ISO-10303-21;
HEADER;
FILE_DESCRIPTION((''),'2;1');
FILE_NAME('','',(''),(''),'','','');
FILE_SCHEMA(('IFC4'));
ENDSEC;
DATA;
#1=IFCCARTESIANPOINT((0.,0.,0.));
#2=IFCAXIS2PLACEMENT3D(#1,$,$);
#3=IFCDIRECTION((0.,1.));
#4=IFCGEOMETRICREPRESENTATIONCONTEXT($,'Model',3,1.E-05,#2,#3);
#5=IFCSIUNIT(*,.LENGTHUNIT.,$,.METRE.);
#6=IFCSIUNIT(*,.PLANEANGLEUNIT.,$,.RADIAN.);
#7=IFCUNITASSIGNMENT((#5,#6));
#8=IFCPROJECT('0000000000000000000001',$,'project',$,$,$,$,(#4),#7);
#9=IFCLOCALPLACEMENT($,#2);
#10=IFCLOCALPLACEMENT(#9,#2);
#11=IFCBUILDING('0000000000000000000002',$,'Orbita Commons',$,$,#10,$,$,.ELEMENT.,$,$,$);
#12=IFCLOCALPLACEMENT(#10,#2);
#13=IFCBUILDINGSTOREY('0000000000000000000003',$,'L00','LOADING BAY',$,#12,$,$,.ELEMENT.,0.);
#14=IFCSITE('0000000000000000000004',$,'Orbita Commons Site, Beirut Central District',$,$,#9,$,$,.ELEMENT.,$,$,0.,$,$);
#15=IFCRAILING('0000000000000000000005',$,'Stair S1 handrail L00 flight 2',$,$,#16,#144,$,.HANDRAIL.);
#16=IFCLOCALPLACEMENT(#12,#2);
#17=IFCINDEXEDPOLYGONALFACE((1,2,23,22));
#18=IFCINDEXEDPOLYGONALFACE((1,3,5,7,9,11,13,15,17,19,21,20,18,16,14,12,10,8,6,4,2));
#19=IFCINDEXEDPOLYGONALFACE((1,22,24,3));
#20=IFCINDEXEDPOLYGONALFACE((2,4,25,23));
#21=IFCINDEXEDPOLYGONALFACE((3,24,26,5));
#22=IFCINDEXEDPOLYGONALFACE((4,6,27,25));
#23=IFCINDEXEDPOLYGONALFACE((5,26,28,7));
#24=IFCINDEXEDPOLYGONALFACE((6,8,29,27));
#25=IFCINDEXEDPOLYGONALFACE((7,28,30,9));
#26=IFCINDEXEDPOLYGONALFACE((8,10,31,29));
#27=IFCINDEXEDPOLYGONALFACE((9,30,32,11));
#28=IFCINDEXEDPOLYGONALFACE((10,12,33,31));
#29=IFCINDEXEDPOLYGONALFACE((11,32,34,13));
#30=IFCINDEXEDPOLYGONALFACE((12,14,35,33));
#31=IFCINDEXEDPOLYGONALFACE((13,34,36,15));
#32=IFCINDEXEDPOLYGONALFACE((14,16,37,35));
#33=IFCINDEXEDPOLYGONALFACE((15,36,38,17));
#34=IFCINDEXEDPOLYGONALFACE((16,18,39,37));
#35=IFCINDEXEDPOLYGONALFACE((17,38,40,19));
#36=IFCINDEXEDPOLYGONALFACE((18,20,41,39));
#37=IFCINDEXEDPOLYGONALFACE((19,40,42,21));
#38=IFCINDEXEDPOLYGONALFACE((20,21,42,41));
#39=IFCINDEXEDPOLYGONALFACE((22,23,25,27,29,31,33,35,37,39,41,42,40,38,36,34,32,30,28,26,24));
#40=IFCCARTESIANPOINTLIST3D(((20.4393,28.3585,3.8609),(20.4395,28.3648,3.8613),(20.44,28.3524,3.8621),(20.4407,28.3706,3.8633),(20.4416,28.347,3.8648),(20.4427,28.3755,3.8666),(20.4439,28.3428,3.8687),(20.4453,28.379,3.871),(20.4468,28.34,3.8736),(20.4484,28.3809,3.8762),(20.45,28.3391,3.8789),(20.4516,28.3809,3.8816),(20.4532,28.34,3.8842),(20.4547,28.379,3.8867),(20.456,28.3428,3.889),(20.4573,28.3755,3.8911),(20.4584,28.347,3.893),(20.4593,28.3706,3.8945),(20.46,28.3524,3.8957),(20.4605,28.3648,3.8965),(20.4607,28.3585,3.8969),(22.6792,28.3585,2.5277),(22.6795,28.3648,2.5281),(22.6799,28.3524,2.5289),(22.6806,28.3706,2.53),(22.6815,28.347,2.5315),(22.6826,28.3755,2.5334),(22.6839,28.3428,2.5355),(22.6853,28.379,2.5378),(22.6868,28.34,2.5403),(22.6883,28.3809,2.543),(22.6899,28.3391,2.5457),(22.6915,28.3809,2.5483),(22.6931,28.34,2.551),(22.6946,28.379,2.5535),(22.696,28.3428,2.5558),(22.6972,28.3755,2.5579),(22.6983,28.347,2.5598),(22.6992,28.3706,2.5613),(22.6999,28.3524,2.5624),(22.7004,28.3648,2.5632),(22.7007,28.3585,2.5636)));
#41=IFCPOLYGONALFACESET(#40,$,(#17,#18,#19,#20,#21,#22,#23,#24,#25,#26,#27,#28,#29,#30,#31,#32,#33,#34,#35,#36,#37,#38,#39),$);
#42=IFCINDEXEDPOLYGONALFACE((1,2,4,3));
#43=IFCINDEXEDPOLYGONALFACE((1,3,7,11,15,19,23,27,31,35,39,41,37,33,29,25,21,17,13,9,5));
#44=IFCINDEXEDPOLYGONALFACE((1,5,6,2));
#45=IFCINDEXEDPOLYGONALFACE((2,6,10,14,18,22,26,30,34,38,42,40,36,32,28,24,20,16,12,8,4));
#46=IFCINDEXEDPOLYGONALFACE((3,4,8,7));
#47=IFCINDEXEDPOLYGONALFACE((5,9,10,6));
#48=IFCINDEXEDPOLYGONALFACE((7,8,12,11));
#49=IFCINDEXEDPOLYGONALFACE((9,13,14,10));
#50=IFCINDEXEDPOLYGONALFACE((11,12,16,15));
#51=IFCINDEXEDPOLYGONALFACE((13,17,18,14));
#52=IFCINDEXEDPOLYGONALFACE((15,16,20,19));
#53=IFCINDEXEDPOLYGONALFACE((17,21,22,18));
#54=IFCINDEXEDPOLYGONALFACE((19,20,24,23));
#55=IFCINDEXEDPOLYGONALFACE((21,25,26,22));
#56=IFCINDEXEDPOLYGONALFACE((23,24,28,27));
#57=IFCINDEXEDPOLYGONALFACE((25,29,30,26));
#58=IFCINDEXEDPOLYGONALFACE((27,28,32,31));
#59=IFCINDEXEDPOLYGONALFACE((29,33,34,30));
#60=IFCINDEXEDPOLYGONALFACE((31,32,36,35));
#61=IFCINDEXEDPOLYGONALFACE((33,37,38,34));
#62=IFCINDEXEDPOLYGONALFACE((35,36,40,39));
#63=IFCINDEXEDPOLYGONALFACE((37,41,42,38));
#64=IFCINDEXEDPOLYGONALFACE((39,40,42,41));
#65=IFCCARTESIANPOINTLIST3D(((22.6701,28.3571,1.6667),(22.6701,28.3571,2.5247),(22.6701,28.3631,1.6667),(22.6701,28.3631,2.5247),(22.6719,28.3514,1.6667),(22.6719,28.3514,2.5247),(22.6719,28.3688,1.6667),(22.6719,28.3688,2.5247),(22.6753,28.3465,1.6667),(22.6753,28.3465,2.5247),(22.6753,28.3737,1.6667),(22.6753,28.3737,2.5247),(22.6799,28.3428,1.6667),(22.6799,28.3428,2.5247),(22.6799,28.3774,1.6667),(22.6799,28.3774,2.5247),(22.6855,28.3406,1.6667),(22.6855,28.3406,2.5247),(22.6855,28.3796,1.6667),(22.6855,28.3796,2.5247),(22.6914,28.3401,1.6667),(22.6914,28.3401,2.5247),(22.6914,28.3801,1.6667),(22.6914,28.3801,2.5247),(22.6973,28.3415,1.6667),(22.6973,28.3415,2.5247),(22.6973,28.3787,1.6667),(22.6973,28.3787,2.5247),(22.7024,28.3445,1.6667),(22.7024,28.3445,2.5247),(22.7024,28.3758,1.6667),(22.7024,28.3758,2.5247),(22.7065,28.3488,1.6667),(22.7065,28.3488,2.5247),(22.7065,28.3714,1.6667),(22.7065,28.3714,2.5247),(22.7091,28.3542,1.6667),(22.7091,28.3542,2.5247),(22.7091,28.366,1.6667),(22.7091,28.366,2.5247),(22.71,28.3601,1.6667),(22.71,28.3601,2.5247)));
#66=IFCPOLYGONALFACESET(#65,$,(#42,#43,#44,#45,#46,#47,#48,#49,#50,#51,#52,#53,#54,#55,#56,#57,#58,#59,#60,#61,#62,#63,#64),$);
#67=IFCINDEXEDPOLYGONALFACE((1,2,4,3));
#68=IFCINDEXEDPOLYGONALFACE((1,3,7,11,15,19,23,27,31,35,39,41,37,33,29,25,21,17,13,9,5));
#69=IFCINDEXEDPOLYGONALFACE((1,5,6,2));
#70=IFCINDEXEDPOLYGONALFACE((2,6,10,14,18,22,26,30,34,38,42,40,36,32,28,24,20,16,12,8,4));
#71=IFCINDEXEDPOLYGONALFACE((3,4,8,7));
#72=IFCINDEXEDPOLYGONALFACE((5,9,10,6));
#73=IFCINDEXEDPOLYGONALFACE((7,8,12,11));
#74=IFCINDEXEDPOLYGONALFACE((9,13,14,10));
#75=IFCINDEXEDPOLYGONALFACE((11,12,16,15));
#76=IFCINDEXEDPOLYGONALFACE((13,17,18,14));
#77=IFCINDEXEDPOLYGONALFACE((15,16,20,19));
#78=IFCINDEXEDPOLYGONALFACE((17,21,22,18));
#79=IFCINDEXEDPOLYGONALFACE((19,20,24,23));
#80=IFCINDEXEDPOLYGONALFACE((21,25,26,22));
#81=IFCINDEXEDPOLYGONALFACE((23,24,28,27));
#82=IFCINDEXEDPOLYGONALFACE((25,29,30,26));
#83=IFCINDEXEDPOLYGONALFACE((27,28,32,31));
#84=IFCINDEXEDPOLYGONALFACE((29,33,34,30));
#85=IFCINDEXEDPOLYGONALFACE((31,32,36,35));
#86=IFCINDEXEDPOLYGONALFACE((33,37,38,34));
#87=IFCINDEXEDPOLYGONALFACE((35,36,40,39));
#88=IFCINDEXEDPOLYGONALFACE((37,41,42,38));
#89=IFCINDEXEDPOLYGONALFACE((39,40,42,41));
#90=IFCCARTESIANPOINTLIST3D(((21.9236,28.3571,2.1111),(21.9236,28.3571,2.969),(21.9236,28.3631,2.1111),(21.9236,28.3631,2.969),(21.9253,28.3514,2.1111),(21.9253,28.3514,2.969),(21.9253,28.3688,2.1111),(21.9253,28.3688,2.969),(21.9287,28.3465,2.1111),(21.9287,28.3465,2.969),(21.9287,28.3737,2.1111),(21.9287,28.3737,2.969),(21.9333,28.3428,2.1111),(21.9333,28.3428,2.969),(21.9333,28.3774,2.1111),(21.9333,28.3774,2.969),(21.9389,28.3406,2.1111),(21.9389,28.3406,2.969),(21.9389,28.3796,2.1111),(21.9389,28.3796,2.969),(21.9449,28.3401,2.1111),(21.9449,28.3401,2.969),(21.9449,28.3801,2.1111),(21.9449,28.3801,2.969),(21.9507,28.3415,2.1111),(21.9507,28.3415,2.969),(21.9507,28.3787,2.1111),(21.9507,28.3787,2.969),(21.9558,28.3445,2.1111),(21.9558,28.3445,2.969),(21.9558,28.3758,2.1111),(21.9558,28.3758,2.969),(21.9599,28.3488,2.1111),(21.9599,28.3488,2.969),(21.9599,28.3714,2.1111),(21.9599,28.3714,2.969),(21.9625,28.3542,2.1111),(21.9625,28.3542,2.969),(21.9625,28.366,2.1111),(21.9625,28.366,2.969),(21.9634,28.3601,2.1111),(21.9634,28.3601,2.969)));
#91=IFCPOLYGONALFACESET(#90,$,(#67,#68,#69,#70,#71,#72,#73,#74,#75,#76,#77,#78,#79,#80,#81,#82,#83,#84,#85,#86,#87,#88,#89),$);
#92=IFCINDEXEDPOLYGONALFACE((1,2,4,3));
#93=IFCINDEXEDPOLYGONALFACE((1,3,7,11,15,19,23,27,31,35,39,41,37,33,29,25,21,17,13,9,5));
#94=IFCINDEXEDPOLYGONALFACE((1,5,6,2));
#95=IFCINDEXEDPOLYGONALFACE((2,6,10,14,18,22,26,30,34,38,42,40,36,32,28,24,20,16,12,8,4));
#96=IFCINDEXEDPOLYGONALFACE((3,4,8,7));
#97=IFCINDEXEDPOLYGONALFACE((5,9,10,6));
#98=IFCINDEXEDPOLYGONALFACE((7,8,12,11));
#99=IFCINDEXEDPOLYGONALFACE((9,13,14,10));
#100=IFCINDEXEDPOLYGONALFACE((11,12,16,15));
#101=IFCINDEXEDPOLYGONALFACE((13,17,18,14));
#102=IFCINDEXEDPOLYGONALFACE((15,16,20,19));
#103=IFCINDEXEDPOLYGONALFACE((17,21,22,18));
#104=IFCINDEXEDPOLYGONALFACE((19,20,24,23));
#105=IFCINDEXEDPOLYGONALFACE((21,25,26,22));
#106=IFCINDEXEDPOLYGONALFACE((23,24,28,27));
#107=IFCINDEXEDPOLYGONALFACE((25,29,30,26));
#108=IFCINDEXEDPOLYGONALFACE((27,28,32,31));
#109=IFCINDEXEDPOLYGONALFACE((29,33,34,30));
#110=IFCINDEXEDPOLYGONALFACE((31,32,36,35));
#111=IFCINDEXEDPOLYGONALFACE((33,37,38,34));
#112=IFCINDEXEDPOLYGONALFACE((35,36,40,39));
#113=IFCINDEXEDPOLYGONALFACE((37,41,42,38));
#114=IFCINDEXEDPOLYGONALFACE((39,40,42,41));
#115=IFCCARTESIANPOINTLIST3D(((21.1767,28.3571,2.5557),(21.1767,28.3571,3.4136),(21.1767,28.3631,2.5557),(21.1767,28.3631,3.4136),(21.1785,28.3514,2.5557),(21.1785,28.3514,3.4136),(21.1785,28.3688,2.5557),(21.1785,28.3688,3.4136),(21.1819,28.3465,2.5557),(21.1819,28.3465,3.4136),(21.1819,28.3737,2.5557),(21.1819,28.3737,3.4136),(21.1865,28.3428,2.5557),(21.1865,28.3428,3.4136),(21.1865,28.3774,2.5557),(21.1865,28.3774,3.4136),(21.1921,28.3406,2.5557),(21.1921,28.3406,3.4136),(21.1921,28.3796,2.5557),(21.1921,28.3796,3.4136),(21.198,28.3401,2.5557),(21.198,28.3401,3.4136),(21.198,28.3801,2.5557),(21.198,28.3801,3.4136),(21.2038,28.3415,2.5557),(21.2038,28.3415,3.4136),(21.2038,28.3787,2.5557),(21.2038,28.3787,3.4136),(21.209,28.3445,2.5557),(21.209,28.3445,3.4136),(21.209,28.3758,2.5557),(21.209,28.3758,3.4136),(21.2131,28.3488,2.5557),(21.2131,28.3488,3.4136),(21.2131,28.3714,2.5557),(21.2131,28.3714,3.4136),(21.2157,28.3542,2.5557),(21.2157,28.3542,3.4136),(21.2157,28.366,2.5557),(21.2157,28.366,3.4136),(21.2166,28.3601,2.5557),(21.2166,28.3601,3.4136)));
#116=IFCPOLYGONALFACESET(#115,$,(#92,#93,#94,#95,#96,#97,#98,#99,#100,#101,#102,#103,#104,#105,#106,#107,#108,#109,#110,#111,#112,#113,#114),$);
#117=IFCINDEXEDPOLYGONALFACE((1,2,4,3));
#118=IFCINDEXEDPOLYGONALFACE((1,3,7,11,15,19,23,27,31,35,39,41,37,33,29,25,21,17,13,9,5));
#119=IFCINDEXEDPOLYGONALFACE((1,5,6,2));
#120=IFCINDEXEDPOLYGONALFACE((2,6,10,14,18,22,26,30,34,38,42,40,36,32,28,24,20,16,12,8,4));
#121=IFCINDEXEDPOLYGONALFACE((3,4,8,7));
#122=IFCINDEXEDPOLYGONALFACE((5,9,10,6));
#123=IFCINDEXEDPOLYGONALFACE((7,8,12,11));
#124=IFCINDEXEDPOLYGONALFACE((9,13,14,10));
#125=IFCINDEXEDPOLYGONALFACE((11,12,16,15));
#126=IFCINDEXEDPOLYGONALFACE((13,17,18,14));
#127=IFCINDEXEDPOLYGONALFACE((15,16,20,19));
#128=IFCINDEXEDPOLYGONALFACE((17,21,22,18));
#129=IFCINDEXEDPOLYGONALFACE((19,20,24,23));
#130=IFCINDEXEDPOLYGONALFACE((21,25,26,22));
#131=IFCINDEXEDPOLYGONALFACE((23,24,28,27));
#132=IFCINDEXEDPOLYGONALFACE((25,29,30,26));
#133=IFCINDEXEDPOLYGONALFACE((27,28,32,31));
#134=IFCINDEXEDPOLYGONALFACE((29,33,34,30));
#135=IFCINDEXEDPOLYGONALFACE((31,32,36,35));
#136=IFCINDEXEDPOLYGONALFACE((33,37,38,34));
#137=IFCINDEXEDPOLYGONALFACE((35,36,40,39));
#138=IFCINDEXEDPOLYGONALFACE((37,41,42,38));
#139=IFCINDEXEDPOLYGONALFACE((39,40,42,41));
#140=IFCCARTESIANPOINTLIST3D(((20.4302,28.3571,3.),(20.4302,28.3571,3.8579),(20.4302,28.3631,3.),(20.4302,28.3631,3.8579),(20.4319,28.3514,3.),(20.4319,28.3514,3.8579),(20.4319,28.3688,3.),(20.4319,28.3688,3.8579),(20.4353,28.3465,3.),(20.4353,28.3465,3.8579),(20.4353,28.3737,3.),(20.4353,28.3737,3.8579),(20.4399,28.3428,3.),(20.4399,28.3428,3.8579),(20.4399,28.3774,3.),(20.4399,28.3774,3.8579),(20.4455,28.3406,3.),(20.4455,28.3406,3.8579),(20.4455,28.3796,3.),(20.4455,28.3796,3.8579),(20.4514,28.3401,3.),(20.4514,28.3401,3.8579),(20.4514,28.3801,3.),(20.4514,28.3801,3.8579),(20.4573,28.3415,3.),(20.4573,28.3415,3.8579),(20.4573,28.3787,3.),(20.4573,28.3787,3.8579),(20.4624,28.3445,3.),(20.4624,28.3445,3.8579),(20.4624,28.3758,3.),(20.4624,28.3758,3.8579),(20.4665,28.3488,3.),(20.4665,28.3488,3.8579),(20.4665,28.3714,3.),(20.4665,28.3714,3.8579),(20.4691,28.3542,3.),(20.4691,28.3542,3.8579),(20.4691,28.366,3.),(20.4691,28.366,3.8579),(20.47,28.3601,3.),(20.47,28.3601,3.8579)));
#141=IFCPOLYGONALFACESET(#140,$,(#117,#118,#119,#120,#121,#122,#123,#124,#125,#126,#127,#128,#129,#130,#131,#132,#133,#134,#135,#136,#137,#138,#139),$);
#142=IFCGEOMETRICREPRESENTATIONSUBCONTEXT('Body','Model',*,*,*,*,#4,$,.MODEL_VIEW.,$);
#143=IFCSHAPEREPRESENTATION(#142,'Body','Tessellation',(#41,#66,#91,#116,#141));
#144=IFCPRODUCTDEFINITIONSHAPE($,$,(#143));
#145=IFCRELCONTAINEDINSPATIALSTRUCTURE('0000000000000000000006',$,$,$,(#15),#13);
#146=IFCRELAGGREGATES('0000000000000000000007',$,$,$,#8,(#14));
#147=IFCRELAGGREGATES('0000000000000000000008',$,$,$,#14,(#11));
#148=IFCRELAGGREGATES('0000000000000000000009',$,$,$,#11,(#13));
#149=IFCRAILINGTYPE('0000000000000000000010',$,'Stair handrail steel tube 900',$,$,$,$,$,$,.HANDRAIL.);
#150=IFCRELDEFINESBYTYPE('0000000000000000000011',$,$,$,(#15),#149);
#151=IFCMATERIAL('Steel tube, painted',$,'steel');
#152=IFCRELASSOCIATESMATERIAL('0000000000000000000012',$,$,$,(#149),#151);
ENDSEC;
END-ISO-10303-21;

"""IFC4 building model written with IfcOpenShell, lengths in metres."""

from ifc_helpers import new_model, si_unit, direction, frame, origin, origin_2d, place, context, subcontext, project, spatial, circle, extrude, material, type_object, element, save


model = new_model("IFC4")

# Units and contexts
model_context = context("Model", 3, precision=1e-05, world=origin(), true_north=direction((0.0, 1.0)))
body_context = subcontext(model_context, "Body", "Model", "MODEL_VIEW")
ifc_project = project(units=[si_unit("LENGTHUNIT", "METRE"), si_unit("PLANEANGLEUNIT", "RADIAN")], contexts=[model_context])

# Site, building, storey
site_placement = place(None, origin())
site = spatial("IfcSite", under=ifc_project, at=site_placement, Name="Orbita Commons Site, Beirut Central District", CompositionType="ELEMENT", RefElevation=0.0)
building_placement = place(site_placement, origin())
building = spatial("IfcBuilding", under=site, at=building_placement, Name="Orbita Commons", CompositionType="ELEMENT")
storey_placement = place(building_placement, origin())
storey = spatial("IfcBuildingStorey", under=building, at=storey_placement, Name="L00", Description="LOADING BAY", CompositionType="ELEMENT", Elevation=0.0)

# Railing
ifc_material_1 = material(Name="Steel tube, painted", Category="steel")
railing_type = type_object("IfcRailingType", Name="Stair handrail steel tube 900", PredefinedType="HANDRAIL", material=ifc_material_1)
for number, where, name in (
    (1, (22.6899, 28.3601, 1.6667), "Stair S1 handrail L00 flight 2"),
):
    element("IfcRailing", number, at=place(storey_placement, frame(where)), inside=storey, type_object=railing_type, Name=name, PredefinedType="HANDRAIL", context=body_context, shape_type="SweptSolid", body=[
        extrude(circle(Radius=0.021, at=origin_2d()), frame((0.0, 0.0, 0.8789), z_axis=(-0.859306, 0.0, 0.511462), x_axis=(0.0, -1.0, 0.0)), (0.0, 0.0, 1.0), 2.6067),
        extrude(circle(Radius=0.02, at=origin_2d()), origin(), (0.0, 0.0, 1.0), 0.8579),
        extrude(circle(Radius=0.02, at=origin_2d()), frame((-0.7466, 0.0, 0.4443)), (0.0, 0.0, 1.0), 0.8579),
        extrude(circle(Radius=0.02, at=origin_2d()), frame((-1.4934, 0.0, 0.8889)), (0.0, 0.0, 1.0), 0.8579),
        extrude(circle(Radius=0.02, at=origin_2d()), frame((-2.24, 0.0, 1.3333)), (0.0, 0.0, 1.0), 0.8579),
    ])

save(model, "model.ifc")
